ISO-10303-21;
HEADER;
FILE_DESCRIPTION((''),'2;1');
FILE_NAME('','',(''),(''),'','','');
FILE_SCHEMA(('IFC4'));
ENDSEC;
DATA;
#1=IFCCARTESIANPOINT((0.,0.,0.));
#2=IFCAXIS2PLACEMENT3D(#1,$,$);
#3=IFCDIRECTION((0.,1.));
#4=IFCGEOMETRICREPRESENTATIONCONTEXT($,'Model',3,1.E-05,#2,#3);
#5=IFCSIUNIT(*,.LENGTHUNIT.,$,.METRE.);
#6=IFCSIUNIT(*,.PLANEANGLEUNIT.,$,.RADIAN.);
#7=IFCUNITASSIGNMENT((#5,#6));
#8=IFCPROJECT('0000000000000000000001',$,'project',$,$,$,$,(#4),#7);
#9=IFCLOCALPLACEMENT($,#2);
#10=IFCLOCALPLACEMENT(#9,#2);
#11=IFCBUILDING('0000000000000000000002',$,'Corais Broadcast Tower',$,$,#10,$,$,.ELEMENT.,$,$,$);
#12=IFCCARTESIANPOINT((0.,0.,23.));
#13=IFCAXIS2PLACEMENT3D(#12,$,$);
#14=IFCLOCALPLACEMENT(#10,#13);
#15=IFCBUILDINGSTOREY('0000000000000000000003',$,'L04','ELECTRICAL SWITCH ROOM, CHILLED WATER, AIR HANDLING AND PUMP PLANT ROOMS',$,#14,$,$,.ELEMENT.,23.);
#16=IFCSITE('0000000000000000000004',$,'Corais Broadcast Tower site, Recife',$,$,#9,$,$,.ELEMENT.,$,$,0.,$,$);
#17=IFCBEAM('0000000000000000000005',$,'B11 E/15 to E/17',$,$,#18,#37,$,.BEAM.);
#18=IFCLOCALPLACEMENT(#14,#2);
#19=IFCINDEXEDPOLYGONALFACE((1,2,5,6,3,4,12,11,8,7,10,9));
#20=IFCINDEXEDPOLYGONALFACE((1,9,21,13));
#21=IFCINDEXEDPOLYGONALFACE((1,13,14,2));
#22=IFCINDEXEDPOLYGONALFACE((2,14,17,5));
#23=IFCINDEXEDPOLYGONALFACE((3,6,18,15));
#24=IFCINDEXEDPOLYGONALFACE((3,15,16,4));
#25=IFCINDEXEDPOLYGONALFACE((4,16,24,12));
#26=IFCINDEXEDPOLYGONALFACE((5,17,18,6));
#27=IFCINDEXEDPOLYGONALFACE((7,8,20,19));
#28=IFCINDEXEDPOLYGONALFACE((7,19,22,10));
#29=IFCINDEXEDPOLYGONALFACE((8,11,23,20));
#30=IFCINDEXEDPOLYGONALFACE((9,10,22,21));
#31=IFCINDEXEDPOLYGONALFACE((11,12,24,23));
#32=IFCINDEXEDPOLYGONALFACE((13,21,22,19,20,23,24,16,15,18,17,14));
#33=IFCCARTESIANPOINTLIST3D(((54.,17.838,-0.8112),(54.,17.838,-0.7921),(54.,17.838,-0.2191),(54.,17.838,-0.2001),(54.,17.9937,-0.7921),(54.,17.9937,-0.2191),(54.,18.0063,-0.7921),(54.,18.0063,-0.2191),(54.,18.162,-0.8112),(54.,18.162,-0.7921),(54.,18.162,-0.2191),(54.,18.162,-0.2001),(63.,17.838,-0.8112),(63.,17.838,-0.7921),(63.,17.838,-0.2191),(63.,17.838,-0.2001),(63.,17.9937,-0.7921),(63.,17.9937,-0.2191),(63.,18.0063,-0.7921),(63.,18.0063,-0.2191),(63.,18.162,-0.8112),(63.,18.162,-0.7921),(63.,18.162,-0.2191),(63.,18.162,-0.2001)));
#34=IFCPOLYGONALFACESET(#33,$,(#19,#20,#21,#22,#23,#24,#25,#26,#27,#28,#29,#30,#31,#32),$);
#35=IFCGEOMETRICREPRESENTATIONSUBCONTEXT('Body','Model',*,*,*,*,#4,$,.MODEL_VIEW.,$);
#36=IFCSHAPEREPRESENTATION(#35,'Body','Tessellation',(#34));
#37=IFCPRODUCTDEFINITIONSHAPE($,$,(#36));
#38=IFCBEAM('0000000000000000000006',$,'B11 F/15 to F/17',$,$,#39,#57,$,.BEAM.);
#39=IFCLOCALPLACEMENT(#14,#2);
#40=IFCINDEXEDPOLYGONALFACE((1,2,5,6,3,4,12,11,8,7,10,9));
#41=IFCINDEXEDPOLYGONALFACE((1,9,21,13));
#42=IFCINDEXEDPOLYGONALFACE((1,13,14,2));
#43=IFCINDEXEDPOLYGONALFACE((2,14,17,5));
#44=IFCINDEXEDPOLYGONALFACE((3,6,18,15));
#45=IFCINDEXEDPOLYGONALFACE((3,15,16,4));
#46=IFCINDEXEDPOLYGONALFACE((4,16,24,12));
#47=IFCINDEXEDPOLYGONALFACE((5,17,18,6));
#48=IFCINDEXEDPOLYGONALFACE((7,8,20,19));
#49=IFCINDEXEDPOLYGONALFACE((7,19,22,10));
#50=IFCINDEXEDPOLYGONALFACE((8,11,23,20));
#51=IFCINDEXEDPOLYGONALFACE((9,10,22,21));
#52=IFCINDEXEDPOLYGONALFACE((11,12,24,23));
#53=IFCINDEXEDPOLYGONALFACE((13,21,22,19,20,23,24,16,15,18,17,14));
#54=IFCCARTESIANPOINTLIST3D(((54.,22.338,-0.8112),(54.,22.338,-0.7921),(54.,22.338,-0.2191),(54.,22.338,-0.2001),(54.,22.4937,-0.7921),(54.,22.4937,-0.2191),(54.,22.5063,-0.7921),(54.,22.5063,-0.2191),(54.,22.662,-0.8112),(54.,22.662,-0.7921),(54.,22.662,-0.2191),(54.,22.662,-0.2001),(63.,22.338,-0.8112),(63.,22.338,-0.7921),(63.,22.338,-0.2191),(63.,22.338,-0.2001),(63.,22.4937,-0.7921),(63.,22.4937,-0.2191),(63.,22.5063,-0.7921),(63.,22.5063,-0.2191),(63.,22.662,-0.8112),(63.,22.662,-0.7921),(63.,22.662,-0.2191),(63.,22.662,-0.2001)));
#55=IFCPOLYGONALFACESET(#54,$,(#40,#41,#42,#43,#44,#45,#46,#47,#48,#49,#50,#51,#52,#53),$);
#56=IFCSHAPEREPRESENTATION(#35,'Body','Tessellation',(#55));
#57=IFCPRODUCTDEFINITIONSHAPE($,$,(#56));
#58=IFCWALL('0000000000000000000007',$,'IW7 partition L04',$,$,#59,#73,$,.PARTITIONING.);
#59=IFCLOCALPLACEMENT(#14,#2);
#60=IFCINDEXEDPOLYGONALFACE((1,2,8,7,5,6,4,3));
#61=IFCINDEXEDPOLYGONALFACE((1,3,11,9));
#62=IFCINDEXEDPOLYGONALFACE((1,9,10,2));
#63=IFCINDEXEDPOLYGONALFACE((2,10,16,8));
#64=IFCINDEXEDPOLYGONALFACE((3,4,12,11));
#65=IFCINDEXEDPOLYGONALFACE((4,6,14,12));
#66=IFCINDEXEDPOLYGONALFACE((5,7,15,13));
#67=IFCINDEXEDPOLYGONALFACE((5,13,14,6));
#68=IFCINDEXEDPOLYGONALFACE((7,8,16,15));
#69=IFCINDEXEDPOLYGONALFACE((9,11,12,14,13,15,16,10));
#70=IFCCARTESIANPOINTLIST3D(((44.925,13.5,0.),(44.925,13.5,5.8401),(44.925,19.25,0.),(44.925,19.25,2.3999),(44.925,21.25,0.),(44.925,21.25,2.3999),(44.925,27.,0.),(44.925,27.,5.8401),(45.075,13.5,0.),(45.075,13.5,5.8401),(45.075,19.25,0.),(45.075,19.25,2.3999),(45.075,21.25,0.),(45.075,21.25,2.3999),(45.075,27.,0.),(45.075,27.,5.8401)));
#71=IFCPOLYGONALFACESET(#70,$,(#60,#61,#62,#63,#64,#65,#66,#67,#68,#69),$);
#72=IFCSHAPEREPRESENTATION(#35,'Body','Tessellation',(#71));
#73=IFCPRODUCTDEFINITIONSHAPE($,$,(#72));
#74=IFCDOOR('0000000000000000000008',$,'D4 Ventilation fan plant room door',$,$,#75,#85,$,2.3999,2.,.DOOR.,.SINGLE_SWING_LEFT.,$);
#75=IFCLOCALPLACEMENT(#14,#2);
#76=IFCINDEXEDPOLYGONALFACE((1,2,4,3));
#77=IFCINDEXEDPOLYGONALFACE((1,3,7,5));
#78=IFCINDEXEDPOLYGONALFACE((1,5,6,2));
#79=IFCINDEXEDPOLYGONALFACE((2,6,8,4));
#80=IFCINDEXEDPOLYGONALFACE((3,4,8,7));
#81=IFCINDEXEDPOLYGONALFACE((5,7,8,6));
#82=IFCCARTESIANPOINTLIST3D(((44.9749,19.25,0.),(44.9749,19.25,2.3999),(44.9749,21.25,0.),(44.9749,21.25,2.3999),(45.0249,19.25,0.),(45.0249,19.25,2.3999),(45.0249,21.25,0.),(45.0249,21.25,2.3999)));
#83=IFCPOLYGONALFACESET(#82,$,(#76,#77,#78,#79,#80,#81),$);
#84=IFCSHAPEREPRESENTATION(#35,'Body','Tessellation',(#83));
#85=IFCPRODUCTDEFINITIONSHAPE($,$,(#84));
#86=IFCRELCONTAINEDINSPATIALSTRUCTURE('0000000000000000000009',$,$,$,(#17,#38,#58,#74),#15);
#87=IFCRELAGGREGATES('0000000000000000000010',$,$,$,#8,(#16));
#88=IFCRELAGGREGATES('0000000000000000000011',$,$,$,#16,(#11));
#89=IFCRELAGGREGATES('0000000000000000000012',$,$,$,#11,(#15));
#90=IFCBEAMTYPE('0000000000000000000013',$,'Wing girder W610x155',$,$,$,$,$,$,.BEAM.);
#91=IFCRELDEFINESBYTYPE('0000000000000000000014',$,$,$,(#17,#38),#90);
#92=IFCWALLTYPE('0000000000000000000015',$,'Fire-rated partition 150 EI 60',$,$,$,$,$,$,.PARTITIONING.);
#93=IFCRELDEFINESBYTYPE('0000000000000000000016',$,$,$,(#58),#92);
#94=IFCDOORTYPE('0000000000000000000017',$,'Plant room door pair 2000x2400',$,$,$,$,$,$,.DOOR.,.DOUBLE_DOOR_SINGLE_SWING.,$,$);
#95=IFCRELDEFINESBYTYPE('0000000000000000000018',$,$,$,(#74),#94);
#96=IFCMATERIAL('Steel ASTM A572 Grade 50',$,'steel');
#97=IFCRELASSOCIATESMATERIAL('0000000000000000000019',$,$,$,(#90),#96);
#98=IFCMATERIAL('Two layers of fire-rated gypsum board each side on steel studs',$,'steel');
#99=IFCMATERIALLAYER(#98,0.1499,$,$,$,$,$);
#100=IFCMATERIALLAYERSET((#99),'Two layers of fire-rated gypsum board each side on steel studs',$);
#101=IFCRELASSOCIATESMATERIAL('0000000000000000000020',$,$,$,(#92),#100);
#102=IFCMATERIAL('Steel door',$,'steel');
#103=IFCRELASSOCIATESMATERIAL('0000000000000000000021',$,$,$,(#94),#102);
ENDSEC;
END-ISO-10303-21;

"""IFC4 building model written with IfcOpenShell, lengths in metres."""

from ifc_helpers import new_model, si_unit, direction, frame, frame_2d, origin, origin_2d, place, context, subcontext, project, spatial, rectangle, i_section, extrude, material, layer, layer_set, material_profile, profile_set, type_object, element, fill, save


model = new_model("IFC4")

# Units and contexts
model_context = context("Model", 3, precision=1e-05, world=origin(), true_north=direction((0.0, 1.0)))
body_context = subcontext(model_context, "Body", "Model", "MODEL_VIEW")
ifc_project = project(units=[si_unit("LENGTHUNIT", "METRE"), si_unit("PLANEANGLEUNIT", "RADIAN")], contexts=[model_context])

# Site, building, storey
site_placement = place(None, origin())
site = spatial("IfcSite", under=ifc_project, at=site_placement, Name="Corais Broadcast Tower site, Recife", CompositionType="ELEMENT", RefElevation=0.0)
building_placement = place(site_placement, origin())
building = spatial("IfcBuilding", under=site, at=building_placement, Name="Corais Broadcast Tower", CompositionType="ELEMENT")
storey_placement = place(building_placement, frame((0.0, 0.0, 23.0)))
storey = spatial("IfcBuildingStorey", under=building, at=storey_placement, Name="L04", Description="ELECTRICAL SWITCH ROOM, CHILLED WATER, AIR HANDLING AND PUMP PLANT ROOMS", CompositionType="ELEMENT", Elevation=23.0)

# Beams
ifc_material_1 = material(Name="Steel ASTM A572 Grade 50", Category="steel")
ifc_material_profile_1 = material_profile(ifc_material_1, i_section(OverallWidth=0.324, OverallDepth=0.6111, WebThickness=0.0127, FlangeThickness=0.019, at=origin_2d()), Name="W610x155")
ifc_profile_set_1 = profile_set([ifc_material_profile_1], Name="Steel ASTM A572 Grade 50")
beam_type_1 = type_object("IfcBeamType", Name="Wing girder W610x155", PredefinedType="BEAM", material=ifc_profile_set_1)
for number, where, z_axis, x_axis, name in (
    (1, (54.0, 18.0, -0.5056), (1.0, 0.0, 0.0), (0.0, 1.0, 0.0), "B11 E/15 to E/17"),
    (2, (54.0, 22.5, -0.5056), (1.0, 0.0, 0.0), (0.0, 1.0, 0.0), "B11 F/15 to F/17"),
):
    element("IfcBeam", number, at=place(storey_placement, frame(where, z_axis=z_axis, x_axis=x_axis)), inside=storey, type_object=beam_type_1, Name=name, PredefinedType="BEAM", context=body_context, shape_type="SweptSolid", body=[
        extrude(i_section(OverallWidth=0.324, OverallDepth=0.6111, WebThickness=0.0127, FlangeThickness=0.019, at=origin_2d()), origin(), (0.0, 0.0, 1.0), 9.0),
    ])

# Wall, opening, door
ifc_material_2 = material(Name="Two layers of fire-rated gypsum board each side on steel studs", Category="steel")
ifc_layer = layer(ifc_material_2, 0.1499)
ifc_layer_set = layer_set([ifc_layer], Name="Two layers of fire-rated gypsum board each side on steel studs")
wall_type = type_object("IfcWallType", Name="Fire-rated partition 150 EI 60", PredefinedType="PARTITIONING", material=ifc_layer_set)
wall_placement = place(storey_placement, frame((45.0, 27.0, 0.0), z_axis=(0.0, 0.0, 1.0), x_axis=(0.0, -1.0, 0.0)))
wall = element("IfcWall", 3, at=wall_placement, inside=storey, type_object=wall_type, Name="IW7 partition L04", PredefinedType="PARTITIONING", context=body_context, shape_type="SweptSolid", body=[
    extrude(rectangle(XDim=13.5, YDim=0.1499, at=frame_2d((6.75, 0.0))), origin(), (0.0, 0.0, 1.0), 5.8401),
])
opening_placement = place(wall_placement, frame((5.75, 0.0, 0.0)))
opening = element("IfcOpeningElement", 4, at=opening_placement, cuts=wall, PredefinedType="OPENING", context=body_context, shape_type="SweptSolid", body=[
    extrude(rectangle(XDim=2.0, YDim=2.3999, at=frame_2d((1.0, 1.2))), frame((0.0, 0.085, 0.0), z_axis=(0.0, -1.0, 0.0), x_axis=(1.0, 0.0, 0.0)), (0.0, 0.0, 1.0), 0.1699),
])
ifc_material_3 = material(Name="Steel door", Category="steel")
door_type = type_object("IfcDoorType", Name="Plant room door pair 2000x2400", OperationType="DOUBLE_DOOR_SINGLE_SWING", PredefinedType="DOOR", material=ifc_material_3)
door_placement = place(opening_placement, origin())
door = element("IfcDoor", 5, at=door_placement, inside=storey, type_object=door_type, Name="D4 Ventilation fan plant room door", OperationType="SINGLE_SWING_LEFT", OverallHeight=2.3999, OverallWidth=2.0, PredefinedType="DOOR", context=body_context, shape_type="SweptSolid", body=[
    extrude(rectangle(XDim=2.0, YDim=2.3999, at=frame_2d((1.0, 1.2))), frame((0.0, 0.0249, 0.0), z_axis=(0.0, -1.0, 0.0), x_axis=(1.0, 0.0, 0.0)), (0.0, 0.0, 1.0), 0.05),
])
fill(opening, door)

save(model, "model.ifc")
